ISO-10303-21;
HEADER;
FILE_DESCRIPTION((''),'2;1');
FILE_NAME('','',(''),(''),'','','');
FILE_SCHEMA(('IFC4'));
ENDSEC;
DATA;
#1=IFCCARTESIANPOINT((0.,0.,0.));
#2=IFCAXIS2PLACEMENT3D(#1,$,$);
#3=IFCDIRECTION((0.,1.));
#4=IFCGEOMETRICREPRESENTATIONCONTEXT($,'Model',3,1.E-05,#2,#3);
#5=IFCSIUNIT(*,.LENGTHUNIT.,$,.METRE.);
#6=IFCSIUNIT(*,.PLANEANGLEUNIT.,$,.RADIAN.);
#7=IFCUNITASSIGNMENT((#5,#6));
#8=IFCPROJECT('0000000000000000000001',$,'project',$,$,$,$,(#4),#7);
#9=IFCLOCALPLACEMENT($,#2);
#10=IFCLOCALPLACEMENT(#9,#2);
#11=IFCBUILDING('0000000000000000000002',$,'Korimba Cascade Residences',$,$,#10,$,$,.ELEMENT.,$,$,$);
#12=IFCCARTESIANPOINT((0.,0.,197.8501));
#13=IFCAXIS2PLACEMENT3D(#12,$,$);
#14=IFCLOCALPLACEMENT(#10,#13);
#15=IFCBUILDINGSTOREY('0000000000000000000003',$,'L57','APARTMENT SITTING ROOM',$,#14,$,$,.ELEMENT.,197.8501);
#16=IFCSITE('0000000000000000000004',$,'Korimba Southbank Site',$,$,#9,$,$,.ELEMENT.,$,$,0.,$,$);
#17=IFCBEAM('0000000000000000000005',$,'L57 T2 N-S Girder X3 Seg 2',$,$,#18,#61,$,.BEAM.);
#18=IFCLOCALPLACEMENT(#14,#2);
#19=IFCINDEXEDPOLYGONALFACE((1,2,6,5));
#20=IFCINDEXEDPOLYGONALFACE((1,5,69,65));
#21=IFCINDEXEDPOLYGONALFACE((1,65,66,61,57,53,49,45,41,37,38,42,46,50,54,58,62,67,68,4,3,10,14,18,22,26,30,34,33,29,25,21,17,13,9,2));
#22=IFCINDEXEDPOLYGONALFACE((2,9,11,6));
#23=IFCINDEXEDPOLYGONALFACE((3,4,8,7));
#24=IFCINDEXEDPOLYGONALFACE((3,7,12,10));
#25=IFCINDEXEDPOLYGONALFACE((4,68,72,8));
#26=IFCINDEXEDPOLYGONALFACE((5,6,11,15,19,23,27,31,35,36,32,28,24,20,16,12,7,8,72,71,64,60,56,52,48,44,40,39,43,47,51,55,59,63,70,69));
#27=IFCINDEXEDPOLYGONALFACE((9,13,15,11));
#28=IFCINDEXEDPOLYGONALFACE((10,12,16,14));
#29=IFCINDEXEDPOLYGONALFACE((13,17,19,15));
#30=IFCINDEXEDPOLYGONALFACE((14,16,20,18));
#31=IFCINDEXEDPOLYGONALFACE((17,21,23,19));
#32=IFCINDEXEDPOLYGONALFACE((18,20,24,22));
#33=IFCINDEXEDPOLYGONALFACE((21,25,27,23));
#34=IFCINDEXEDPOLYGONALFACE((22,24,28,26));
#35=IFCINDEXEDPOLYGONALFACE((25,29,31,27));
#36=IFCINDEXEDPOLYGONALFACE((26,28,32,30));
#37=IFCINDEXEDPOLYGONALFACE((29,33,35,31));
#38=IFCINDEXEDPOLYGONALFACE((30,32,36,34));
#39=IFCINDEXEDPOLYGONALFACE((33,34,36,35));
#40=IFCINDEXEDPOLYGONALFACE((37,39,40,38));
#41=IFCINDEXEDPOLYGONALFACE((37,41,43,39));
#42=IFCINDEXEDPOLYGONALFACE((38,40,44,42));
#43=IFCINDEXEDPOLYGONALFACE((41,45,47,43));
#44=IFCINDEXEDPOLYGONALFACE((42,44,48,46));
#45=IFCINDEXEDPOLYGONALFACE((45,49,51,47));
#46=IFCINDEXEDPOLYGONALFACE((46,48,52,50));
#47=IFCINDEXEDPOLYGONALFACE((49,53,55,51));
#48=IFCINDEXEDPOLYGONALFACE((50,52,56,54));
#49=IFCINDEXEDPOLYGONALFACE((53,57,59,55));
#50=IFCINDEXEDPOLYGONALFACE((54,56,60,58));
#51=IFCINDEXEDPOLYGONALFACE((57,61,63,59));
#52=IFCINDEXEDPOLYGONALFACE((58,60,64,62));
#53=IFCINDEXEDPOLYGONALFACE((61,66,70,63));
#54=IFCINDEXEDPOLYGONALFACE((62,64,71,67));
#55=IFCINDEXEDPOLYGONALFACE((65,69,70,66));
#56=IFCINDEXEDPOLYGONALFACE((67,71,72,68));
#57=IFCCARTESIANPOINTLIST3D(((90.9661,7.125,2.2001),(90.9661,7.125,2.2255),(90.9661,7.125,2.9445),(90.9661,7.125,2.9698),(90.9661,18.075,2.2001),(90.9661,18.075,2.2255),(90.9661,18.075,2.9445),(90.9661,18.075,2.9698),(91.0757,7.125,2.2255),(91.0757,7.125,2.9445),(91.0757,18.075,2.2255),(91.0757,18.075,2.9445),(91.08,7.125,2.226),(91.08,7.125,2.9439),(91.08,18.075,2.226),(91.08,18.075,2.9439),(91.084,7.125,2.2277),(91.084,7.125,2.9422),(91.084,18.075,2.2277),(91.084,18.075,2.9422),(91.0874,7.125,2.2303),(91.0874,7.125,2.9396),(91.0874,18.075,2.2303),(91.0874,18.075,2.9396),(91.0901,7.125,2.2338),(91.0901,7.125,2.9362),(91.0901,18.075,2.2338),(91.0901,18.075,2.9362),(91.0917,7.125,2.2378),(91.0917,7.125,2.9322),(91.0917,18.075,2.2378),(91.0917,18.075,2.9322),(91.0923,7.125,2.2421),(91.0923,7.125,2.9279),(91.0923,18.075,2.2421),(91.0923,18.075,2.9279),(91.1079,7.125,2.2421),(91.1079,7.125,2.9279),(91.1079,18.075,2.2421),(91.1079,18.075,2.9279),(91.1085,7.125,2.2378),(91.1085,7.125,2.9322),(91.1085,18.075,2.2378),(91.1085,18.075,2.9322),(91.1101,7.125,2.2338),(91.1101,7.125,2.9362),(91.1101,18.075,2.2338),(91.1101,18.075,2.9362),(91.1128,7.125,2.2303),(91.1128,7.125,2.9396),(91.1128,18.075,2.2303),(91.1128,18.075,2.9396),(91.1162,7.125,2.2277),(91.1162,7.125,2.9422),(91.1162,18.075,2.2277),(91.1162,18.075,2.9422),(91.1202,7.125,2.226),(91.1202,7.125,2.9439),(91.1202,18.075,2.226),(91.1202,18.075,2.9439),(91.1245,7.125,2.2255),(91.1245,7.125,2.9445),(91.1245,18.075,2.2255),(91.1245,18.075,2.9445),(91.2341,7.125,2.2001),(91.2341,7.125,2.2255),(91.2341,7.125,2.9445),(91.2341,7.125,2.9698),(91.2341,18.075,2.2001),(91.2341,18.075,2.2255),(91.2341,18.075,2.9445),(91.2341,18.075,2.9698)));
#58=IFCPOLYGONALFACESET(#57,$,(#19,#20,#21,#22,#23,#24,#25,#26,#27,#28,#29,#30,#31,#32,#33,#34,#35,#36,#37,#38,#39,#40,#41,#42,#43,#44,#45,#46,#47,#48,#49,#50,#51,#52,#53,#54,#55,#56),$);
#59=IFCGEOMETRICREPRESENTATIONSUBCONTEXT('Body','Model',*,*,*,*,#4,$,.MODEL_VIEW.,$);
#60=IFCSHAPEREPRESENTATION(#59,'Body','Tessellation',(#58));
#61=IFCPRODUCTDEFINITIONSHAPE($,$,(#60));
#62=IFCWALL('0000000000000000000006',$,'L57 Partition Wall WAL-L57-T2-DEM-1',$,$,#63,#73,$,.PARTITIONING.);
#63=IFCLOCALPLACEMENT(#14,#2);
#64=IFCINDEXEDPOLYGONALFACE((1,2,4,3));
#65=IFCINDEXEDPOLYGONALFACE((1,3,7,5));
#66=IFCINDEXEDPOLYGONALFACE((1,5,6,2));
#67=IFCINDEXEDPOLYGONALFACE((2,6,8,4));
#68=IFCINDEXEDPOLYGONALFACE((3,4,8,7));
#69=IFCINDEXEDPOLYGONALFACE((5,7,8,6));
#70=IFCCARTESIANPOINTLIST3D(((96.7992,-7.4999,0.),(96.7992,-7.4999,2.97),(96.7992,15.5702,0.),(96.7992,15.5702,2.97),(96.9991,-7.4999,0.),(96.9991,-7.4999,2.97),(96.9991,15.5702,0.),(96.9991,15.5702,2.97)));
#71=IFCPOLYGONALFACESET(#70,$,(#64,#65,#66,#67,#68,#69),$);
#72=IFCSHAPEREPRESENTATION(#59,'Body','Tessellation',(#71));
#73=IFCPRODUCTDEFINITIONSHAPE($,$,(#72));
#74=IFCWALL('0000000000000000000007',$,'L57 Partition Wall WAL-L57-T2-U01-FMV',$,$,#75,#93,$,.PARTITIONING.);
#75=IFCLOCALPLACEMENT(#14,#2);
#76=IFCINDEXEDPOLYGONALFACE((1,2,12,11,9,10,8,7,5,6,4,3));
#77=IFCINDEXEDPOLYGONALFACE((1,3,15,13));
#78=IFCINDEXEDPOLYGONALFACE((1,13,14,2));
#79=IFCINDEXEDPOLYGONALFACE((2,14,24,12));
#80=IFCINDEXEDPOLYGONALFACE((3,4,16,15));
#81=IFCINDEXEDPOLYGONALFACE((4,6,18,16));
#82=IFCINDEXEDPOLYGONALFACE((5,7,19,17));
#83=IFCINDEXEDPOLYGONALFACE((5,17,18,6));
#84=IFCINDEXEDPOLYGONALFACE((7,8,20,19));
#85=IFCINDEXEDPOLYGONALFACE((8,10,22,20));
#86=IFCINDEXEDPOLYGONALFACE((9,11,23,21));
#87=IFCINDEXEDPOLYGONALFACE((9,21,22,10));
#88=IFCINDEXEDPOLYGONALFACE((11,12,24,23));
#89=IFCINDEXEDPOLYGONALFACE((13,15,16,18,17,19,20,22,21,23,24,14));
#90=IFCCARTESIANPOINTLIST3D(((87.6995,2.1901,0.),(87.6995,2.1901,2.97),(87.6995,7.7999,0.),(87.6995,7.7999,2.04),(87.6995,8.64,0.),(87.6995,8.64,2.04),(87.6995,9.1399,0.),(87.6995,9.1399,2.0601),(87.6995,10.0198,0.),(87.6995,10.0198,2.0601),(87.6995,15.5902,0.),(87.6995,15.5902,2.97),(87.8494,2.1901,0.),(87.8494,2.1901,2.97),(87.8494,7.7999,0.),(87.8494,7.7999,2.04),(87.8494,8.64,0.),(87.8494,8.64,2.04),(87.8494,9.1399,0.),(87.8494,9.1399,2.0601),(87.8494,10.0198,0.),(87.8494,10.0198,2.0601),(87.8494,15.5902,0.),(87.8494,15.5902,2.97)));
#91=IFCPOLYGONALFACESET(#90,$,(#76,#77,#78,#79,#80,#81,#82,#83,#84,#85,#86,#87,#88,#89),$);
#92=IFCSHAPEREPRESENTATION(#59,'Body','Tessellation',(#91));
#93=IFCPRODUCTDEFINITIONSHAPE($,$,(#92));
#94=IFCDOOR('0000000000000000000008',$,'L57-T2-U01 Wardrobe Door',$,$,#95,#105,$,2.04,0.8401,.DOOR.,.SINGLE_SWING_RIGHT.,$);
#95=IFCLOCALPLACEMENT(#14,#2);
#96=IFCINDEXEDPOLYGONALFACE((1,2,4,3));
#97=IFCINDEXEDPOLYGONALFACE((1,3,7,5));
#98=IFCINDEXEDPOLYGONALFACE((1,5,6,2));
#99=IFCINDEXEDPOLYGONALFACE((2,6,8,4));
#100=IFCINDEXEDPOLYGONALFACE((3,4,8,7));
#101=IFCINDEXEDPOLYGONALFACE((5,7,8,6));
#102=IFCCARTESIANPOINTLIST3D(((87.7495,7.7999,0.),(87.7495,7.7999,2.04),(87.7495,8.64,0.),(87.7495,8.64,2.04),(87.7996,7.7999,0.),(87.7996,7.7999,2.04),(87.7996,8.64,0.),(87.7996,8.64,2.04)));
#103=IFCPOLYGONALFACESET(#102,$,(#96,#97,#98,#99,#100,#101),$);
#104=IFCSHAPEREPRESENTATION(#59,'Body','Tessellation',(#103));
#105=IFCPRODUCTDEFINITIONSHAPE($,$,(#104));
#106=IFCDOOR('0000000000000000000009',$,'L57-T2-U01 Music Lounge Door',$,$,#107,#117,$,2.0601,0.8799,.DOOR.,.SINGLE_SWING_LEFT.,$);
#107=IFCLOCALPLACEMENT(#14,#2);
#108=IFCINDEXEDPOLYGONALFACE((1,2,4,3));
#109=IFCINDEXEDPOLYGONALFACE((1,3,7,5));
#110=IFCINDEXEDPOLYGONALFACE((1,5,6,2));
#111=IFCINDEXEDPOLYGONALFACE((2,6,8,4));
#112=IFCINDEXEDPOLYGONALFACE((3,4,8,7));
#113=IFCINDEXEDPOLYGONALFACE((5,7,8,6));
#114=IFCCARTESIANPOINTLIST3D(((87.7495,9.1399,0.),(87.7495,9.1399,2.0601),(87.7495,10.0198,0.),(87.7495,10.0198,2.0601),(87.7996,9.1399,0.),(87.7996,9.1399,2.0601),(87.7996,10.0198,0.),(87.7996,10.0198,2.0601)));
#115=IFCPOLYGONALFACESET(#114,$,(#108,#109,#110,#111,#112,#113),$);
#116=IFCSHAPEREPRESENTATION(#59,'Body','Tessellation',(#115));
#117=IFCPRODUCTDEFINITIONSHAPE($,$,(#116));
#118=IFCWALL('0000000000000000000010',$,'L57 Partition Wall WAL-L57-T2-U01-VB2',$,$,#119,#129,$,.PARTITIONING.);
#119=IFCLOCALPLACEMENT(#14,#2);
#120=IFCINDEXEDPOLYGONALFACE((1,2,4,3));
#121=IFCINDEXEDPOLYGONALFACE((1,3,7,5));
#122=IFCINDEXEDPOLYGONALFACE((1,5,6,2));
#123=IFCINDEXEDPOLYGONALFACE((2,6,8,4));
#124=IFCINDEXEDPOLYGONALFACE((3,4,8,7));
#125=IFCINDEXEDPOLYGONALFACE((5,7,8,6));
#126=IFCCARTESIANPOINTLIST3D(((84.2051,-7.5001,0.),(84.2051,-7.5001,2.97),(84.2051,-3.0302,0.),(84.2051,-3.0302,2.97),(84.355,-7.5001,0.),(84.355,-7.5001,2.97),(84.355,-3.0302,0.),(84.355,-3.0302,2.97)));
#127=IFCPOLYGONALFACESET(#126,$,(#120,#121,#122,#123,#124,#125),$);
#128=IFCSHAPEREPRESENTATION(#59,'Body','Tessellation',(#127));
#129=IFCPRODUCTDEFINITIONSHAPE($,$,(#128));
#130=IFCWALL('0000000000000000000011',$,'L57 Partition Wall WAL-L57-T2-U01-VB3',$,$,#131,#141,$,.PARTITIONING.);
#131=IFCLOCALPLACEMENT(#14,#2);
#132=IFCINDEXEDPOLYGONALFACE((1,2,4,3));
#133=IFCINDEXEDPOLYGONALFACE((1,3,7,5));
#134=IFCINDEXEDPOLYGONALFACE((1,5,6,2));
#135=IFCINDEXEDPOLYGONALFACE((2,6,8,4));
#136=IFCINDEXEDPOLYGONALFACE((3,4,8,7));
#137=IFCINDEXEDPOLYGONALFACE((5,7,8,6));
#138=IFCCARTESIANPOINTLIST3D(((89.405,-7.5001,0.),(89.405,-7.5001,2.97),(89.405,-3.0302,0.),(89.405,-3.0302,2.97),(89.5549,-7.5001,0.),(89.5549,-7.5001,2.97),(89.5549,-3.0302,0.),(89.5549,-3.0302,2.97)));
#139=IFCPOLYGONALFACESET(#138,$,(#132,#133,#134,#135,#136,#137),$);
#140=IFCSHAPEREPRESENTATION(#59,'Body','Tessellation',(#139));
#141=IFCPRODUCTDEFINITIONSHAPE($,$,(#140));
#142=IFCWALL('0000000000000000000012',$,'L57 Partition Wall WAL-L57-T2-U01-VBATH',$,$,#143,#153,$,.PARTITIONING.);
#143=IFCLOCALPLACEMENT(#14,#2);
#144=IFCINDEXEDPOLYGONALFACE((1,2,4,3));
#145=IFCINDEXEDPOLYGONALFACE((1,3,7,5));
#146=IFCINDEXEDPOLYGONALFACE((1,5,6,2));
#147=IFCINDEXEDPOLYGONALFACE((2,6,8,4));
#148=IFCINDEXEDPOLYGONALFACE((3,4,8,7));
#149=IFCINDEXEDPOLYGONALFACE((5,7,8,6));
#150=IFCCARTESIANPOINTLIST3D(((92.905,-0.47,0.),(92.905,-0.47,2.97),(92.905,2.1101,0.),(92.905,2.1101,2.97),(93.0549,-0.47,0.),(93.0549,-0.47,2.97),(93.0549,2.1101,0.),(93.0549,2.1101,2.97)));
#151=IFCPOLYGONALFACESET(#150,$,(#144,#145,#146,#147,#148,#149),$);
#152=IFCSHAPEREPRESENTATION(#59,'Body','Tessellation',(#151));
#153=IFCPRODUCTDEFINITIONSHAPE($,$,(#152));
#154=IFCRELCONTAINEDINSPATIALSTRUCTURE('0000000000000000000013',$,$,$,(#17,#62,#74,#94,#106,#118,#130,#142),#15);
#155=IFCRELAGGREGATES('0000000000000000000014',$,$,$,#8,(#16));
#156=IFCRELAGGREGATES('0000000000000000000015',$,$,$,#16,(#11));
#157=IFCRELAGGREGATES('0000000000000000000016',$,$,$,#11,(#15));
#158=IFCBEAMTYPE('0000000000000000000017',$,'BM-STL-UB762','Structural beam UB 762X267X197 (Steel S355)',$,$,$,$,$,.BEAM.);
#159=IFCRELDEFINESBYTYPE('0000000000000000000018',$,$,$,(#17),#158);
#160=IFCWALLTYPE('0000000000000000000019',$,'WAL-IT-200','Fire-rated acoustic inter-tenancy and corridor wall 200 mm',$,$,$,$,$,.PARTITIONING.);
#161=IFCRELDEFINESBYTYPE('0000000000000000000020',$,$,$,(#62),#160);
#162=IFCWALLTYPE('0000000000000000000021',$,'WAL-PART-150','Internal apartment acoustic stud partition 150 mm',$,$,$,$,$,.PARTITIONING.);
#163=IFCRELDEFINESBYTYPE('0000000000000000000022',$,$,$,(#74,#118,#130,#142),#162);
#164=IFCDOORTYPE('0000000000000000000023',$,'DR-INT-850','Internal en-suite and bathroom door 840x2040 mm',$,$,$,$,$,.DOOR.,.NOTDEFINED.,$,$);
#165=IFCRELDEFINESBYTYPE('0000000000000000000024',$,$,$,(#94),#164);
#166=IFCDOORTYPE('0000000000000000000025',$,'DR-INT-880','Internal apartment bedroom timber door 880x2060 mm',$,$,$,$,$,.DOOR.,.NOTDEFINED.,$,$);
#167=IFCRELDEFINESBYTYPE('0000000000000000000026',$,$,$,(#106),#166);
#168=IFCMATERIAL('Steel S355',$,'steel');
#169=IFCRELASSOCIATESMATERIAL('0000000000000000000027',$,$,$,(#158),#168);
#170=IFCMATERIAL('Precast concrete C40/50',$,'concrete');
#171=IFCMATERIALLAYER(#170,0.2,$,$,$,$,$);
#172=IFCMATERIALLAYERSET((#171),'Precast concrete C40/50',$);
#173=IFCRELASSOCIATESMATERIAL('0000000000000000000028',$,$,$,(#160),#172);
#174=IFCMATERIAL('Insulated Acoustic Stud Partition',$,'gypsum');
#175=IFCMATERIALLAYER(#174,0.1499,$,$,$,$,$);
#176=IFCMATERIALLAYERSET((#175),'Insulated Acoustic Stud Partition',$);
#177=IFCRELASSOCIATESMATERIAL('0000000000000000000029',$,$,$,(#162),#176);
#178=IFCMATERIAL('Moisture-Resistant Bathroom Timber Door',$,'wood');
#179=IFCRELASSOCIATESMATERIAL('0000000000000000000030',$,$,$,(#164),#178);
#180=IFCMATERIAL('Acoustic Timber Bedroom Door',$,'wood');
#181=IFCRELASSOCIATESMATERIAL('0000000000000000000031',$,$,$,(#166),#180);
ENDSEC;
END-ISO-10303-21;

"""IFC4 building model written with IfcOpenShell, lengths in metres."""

from ifc_helpers import new_model, si_unit, direction, frame, frame_2d, origin, origin_2d, place, context, subcontext, project, spatial, rectangle, i_section, extrude, material, layer, layer_set, material_profile, profile_set, type_object, element, fill, save


model = new_model("IFC4")

# Units and contexts
model_context = context("Model", 3, precision=1e-05, world=origin(), true_north=direction((0.0, 1.0)))
body_context = subcontext(model_context, "Body", "Model", "MODEL_VIEW")
ifc_project = project(units=[si_unit("LENGTHUNIT", "METRE"), si_unit("PLANEANGLEUNIT", "RADIAN")], contexts=[model_context])

# Site, building, storey
site_placement = place(None, origin())
site = spatial("IfcSite", under=ifc_project, at=site_placement, Name="Korimba Southbank Site", CompositionType="ELEMENT", RefElevation=0.0)
building_placement = place(site_placement, origin())
building = spatial("IfcBuilding", under=site, at=building_placement, Name="Korimba Cascade Residences", CompositionType="ELEMENT")
storey_placement = place(building_placement, frame((0.0, 0.0, 197.8501)))
storey = spatial("IfcBuildingStorey", under=building, at=storey_placement, Name="L57", Description="APARTMENT SITTING ROOM", CompositionType="ELEMENT", Elevation=197.8501)

# Beam
ifc_material_1 = material(Name="Steel S355", Category="steel")
ifc_material_profile_1 = material_profile(ifc_material_1, i_section(OverallWidth=0.2681, OverallDepth=0.7698, WebThickness=0.0156, FlangeThickness=0.0254, FilletRadius=0.0166, at=origin_2d()), Name="Steel S355")
ifc_profile_set_1 = profile_set([ifc_material_profile_1], Name="Steel S355")
beam_type_1 = type_object("IfcBeamType", Name="BM-STL-UB762", Description="Structural beam UB 762X267X197 (Steel S355)", PredefinedType="BEAM", material=ifc_profile_set_1)
beam_1_placement = place(storey_placement, frame((91.1001, 7.125, 2.585), z_axis=(0.0, 1.0, 0.0), x_axis=(-1.0, 0.0, 0.0)))
element("IfcBeam", 1, at=beam_1_placement, inside=storey, type_object=beam_type_1, Name="L57 T2 N-S Girder X3 Seg 2", PredefinedType="BEAM", context=body_context, shape_type="SweptSolid", body=[
    extrude(i_section(OverallWidth=0.2681, OverallDepth=0.7698, WebThickness=0.0156, FlangeThickness=0.0254, FilletRadius=0.0166, at=origin_2d()), origin(), (0.0, 0.0, 1.0), 10.95),
])

# Wall
ifc_material_2 = material(Name="Precast concrete C40/50", Category="concrete")
ifc_layer_1 = layer(ifc_material_2, 0.2)
ifc_layer_set_1 = layer_set([ifc_layer_1], Name="Precast concrete C40/50")
wall_type_1 = type_object("IfcWallType", Name="WAL-IT-200", Description="Fire-rated acoustic inter-tenancy and corridor wall 200 mm", PredefinedType="PARTITIONING", material=ifc_layer_set_1)
wall_1_placement = place(storey_placement, frame((96.8992, -7.5, 0.0), z_axis=(0.0, 0.0, 1.0), x_axis=(0.0, 1.0, 0.0)))
element("IfcWall", 2, at=wall_1_placement, inside=storey, type_object=wall_type_1, Name="L57 Partition Wall WAL-L57-T2-DEM-1", PredefinedType="PARTITIONING", context=body_context, shape_type="SweptSolid", body=[
    extrude(rectangle(XDim=23.0701, YDim=0.2, at=frame_2d((11.5352, 0.0))), origin(), (0.0, 0.0, 1.0), 2.97),
])

# Wall, openings, doors
ifc_material_3 = material(Name="Insulated Acoustic Stud Partition", Category="gypsum")
ifc_layer_2 = layer(ifc_material_3, 0.1499)
ifc_layer_set_2 = layer_set([ifc_layer_2], Name="Insulated Acoustic Stud Partition")
wall_type_2 = type_object("IfcWallType", Name="WAL-PART-150", Description="Internal apartment acoustic stud partition 150 mm", PredefinedType="PARTITIONING", material=ifc_layer_set_2)
wall_2_placement = place(storey_placement, frame((87.7744, 2.1899, 0.0), z_axis=(0.0, 0.0, 1.0), x_axis=(0.0, 1.0, 0.0)))
wall_2 = element("IfcWall", 3, at=wall_2_placement, inside=storey, type_object=wall_type_2, Name="L57 Partition Wall WAL-L57-T2-U01-FMV", PredefinedType="PARTITIONING", context=body_context, shape_type="SweptSolid", body=[
    extrude(rectangle(XDim=13.4001, YDim=0.1499, at=frame_2d((6.7002, 0.0))), origin(), (0.0, 0.0, 1.0), 2.97),
])
opening_1_placement = place(wall_2_placement, frame((5.6101, 0.0, 0.0)))
opening_1 = element("IfcOpeningElement", 4, at=opening_1_placement, cuts=wall_2, PredefinedType="OPENING", context=body_context, shape_type="SweptSolid", body=[
    extrude(rectangle(XDim=0.8401, YDim=2.04, at=frame_2d((0.4199, 1.02))), frame((0.0, 0.085, 0.0), z_axis=(0.0, -1.0, 0.0), x_axis=(1.0, 0.0, 0.0)), (0.0, 0.0, 1.0), 0.1699),
])
opening_2_placement = place(wall_2_placement, frame((6.95, 0.0, 0.0)))
opening_2 = element("IfcOpeningElement", 5, at=opening_2_placement, cuts=wall_2, PredefinedType="OPENING", context=body_context, shape_type="SweptSolid", body=[
    extrude(rectangle(XDim=0.8799, YDim=2.0601, at=frame_2d((0.4399, 1.03))), frame((0.0, 0.085, 0.0), z_axis=(0.0, -1.0, 0.0), x_axis=(1.0, 0.0, 0.0)), (0.0, 0.0, 1.0), 0.1699),
])
ifc_material_4 = material(Name="Moisture-Resistant Bathroom Timber Door", Category="wood")
door_type_1 = type_object("IfcDoorType", Name="DR-INT-850", Description="Internal en-suite and bathroom door 840x2040 mm", OperationType="NOTDEFINED", PredefinedType="DOOR", material=ifc_material_4)
door_1_placement = place(opening_1_placement, origin())
door_1 = element("IfcDoor", 6, at=door_1_placement, inside=storey, type_object=door_type_1, Name="L57-T2-U01 Wardrobe Door", OperationType="SINGLE_SWING_RIGHT", OverallHeight=2.04, OverallWidth=0.8401, PredefinedType="DOOR", context=body_context, shape_type="SweptSolid", body=[
    extrude(rectangle(XDim=0.8401, YDim=2.04, at=frame_2d((0.4199, 1.02))), frame((0.0, 0.0249, 0.0), z_axis=(0.0, -1.0, 0.0), x_axis=(1.0, 0.0, 0.0)), (0.0, 0.0, 1.0), 0.05),
])
fill(opening_1, door_1)
ifc_material_5 = material(Name="Acoustic Timber Bedroom Door", Category="wood")
door_type_2 = type_object("IfcDoorType", Name="DR-INT-880", Description="Internal apartment bedroom timber door 880x2060 mm", OperationType="NOTDEFINED", PredefinedType="DOOR", material=ifc_material_5)
door_2_placement = place(opening_2_placement, origin())
door_2 = element("IfcDoor", 7, at=door_2_placement, inside=storey, type_object=door_type_2, Name="L57-T2-U01 Music Lounge Door", OperationType="SINGLE_SWING_LEFT", OverallHeight=2.0601, OverallWidth=0.8799, PredefinedType="DOOR", context=body_context, shape_type="SweptSolid", body=[
    extrude(rectangle(XDim=0.8799, YDim=2.0601, at=frame_2d((0.4399, 1.03))), frame((0.0, 0.0249, 0.0), z_axis=(0.0, -1.0, 0.0), x_axis=(1.0, 0.0, 0.0)), (0.0, 0.0, 1.0), 0.05),
])
fill(opening_2, door_2)

# Walls
for number, where, z_axis, x_axis, name in (
    (8, (84.28, -7.5, 0.0), (0.0, 0.0, 1.0), (0.0, 1.0, 0.0), "L57 Partition Wall WAL-L57-T2-U01-VB2"),
    (9, (89.48, -7.5, 0.0), (0.0, 0.0, 1.0), (0.0, 1.0, 0.0), "L57 Partition Wall WAL-L57-T2-U01-VB3"),
):
    element("IfcWall", number, at=place(storey_placement, frame(where, z_axis=z_axis, x_axis=x_axis)), inside=storey, type_object=wall_type_2, Name=name, PredefinedType="PARTITIONING", context=body_context, shape_type="SweptSolid", body=[
        extrude(rectangle(XDim=4.47, YDim=0.1499, at=frame_2d((2.2349, 0.0))), origin(), (0.0, 0.0, 1.0), 2.97),
    ])
wall_3_placement = place(storey_placement, frame((92.98, -0.47, 0.0), z_axis=(0.0, 0.0, 1.0), x_axis=(0.0, 1.0, 0.0)))
element("IfcWall", 10, at=wall_3_placement, inside=storey, type_object=wall_type_2, Name="L57 Partition Wall WAL-L57-T2-U01-VBATH", PredefinedType="PARTITIONING", context=body_context, shape_type="SweptSolid", body=[
    extrude(rectangle(XDim=2.5801, YDim=0.1499, at=frame_2d((1.29, 0.0))), origin(), (0.0, 0.0, 1.0), 2.97),
])

save(model, "model.ifc")
